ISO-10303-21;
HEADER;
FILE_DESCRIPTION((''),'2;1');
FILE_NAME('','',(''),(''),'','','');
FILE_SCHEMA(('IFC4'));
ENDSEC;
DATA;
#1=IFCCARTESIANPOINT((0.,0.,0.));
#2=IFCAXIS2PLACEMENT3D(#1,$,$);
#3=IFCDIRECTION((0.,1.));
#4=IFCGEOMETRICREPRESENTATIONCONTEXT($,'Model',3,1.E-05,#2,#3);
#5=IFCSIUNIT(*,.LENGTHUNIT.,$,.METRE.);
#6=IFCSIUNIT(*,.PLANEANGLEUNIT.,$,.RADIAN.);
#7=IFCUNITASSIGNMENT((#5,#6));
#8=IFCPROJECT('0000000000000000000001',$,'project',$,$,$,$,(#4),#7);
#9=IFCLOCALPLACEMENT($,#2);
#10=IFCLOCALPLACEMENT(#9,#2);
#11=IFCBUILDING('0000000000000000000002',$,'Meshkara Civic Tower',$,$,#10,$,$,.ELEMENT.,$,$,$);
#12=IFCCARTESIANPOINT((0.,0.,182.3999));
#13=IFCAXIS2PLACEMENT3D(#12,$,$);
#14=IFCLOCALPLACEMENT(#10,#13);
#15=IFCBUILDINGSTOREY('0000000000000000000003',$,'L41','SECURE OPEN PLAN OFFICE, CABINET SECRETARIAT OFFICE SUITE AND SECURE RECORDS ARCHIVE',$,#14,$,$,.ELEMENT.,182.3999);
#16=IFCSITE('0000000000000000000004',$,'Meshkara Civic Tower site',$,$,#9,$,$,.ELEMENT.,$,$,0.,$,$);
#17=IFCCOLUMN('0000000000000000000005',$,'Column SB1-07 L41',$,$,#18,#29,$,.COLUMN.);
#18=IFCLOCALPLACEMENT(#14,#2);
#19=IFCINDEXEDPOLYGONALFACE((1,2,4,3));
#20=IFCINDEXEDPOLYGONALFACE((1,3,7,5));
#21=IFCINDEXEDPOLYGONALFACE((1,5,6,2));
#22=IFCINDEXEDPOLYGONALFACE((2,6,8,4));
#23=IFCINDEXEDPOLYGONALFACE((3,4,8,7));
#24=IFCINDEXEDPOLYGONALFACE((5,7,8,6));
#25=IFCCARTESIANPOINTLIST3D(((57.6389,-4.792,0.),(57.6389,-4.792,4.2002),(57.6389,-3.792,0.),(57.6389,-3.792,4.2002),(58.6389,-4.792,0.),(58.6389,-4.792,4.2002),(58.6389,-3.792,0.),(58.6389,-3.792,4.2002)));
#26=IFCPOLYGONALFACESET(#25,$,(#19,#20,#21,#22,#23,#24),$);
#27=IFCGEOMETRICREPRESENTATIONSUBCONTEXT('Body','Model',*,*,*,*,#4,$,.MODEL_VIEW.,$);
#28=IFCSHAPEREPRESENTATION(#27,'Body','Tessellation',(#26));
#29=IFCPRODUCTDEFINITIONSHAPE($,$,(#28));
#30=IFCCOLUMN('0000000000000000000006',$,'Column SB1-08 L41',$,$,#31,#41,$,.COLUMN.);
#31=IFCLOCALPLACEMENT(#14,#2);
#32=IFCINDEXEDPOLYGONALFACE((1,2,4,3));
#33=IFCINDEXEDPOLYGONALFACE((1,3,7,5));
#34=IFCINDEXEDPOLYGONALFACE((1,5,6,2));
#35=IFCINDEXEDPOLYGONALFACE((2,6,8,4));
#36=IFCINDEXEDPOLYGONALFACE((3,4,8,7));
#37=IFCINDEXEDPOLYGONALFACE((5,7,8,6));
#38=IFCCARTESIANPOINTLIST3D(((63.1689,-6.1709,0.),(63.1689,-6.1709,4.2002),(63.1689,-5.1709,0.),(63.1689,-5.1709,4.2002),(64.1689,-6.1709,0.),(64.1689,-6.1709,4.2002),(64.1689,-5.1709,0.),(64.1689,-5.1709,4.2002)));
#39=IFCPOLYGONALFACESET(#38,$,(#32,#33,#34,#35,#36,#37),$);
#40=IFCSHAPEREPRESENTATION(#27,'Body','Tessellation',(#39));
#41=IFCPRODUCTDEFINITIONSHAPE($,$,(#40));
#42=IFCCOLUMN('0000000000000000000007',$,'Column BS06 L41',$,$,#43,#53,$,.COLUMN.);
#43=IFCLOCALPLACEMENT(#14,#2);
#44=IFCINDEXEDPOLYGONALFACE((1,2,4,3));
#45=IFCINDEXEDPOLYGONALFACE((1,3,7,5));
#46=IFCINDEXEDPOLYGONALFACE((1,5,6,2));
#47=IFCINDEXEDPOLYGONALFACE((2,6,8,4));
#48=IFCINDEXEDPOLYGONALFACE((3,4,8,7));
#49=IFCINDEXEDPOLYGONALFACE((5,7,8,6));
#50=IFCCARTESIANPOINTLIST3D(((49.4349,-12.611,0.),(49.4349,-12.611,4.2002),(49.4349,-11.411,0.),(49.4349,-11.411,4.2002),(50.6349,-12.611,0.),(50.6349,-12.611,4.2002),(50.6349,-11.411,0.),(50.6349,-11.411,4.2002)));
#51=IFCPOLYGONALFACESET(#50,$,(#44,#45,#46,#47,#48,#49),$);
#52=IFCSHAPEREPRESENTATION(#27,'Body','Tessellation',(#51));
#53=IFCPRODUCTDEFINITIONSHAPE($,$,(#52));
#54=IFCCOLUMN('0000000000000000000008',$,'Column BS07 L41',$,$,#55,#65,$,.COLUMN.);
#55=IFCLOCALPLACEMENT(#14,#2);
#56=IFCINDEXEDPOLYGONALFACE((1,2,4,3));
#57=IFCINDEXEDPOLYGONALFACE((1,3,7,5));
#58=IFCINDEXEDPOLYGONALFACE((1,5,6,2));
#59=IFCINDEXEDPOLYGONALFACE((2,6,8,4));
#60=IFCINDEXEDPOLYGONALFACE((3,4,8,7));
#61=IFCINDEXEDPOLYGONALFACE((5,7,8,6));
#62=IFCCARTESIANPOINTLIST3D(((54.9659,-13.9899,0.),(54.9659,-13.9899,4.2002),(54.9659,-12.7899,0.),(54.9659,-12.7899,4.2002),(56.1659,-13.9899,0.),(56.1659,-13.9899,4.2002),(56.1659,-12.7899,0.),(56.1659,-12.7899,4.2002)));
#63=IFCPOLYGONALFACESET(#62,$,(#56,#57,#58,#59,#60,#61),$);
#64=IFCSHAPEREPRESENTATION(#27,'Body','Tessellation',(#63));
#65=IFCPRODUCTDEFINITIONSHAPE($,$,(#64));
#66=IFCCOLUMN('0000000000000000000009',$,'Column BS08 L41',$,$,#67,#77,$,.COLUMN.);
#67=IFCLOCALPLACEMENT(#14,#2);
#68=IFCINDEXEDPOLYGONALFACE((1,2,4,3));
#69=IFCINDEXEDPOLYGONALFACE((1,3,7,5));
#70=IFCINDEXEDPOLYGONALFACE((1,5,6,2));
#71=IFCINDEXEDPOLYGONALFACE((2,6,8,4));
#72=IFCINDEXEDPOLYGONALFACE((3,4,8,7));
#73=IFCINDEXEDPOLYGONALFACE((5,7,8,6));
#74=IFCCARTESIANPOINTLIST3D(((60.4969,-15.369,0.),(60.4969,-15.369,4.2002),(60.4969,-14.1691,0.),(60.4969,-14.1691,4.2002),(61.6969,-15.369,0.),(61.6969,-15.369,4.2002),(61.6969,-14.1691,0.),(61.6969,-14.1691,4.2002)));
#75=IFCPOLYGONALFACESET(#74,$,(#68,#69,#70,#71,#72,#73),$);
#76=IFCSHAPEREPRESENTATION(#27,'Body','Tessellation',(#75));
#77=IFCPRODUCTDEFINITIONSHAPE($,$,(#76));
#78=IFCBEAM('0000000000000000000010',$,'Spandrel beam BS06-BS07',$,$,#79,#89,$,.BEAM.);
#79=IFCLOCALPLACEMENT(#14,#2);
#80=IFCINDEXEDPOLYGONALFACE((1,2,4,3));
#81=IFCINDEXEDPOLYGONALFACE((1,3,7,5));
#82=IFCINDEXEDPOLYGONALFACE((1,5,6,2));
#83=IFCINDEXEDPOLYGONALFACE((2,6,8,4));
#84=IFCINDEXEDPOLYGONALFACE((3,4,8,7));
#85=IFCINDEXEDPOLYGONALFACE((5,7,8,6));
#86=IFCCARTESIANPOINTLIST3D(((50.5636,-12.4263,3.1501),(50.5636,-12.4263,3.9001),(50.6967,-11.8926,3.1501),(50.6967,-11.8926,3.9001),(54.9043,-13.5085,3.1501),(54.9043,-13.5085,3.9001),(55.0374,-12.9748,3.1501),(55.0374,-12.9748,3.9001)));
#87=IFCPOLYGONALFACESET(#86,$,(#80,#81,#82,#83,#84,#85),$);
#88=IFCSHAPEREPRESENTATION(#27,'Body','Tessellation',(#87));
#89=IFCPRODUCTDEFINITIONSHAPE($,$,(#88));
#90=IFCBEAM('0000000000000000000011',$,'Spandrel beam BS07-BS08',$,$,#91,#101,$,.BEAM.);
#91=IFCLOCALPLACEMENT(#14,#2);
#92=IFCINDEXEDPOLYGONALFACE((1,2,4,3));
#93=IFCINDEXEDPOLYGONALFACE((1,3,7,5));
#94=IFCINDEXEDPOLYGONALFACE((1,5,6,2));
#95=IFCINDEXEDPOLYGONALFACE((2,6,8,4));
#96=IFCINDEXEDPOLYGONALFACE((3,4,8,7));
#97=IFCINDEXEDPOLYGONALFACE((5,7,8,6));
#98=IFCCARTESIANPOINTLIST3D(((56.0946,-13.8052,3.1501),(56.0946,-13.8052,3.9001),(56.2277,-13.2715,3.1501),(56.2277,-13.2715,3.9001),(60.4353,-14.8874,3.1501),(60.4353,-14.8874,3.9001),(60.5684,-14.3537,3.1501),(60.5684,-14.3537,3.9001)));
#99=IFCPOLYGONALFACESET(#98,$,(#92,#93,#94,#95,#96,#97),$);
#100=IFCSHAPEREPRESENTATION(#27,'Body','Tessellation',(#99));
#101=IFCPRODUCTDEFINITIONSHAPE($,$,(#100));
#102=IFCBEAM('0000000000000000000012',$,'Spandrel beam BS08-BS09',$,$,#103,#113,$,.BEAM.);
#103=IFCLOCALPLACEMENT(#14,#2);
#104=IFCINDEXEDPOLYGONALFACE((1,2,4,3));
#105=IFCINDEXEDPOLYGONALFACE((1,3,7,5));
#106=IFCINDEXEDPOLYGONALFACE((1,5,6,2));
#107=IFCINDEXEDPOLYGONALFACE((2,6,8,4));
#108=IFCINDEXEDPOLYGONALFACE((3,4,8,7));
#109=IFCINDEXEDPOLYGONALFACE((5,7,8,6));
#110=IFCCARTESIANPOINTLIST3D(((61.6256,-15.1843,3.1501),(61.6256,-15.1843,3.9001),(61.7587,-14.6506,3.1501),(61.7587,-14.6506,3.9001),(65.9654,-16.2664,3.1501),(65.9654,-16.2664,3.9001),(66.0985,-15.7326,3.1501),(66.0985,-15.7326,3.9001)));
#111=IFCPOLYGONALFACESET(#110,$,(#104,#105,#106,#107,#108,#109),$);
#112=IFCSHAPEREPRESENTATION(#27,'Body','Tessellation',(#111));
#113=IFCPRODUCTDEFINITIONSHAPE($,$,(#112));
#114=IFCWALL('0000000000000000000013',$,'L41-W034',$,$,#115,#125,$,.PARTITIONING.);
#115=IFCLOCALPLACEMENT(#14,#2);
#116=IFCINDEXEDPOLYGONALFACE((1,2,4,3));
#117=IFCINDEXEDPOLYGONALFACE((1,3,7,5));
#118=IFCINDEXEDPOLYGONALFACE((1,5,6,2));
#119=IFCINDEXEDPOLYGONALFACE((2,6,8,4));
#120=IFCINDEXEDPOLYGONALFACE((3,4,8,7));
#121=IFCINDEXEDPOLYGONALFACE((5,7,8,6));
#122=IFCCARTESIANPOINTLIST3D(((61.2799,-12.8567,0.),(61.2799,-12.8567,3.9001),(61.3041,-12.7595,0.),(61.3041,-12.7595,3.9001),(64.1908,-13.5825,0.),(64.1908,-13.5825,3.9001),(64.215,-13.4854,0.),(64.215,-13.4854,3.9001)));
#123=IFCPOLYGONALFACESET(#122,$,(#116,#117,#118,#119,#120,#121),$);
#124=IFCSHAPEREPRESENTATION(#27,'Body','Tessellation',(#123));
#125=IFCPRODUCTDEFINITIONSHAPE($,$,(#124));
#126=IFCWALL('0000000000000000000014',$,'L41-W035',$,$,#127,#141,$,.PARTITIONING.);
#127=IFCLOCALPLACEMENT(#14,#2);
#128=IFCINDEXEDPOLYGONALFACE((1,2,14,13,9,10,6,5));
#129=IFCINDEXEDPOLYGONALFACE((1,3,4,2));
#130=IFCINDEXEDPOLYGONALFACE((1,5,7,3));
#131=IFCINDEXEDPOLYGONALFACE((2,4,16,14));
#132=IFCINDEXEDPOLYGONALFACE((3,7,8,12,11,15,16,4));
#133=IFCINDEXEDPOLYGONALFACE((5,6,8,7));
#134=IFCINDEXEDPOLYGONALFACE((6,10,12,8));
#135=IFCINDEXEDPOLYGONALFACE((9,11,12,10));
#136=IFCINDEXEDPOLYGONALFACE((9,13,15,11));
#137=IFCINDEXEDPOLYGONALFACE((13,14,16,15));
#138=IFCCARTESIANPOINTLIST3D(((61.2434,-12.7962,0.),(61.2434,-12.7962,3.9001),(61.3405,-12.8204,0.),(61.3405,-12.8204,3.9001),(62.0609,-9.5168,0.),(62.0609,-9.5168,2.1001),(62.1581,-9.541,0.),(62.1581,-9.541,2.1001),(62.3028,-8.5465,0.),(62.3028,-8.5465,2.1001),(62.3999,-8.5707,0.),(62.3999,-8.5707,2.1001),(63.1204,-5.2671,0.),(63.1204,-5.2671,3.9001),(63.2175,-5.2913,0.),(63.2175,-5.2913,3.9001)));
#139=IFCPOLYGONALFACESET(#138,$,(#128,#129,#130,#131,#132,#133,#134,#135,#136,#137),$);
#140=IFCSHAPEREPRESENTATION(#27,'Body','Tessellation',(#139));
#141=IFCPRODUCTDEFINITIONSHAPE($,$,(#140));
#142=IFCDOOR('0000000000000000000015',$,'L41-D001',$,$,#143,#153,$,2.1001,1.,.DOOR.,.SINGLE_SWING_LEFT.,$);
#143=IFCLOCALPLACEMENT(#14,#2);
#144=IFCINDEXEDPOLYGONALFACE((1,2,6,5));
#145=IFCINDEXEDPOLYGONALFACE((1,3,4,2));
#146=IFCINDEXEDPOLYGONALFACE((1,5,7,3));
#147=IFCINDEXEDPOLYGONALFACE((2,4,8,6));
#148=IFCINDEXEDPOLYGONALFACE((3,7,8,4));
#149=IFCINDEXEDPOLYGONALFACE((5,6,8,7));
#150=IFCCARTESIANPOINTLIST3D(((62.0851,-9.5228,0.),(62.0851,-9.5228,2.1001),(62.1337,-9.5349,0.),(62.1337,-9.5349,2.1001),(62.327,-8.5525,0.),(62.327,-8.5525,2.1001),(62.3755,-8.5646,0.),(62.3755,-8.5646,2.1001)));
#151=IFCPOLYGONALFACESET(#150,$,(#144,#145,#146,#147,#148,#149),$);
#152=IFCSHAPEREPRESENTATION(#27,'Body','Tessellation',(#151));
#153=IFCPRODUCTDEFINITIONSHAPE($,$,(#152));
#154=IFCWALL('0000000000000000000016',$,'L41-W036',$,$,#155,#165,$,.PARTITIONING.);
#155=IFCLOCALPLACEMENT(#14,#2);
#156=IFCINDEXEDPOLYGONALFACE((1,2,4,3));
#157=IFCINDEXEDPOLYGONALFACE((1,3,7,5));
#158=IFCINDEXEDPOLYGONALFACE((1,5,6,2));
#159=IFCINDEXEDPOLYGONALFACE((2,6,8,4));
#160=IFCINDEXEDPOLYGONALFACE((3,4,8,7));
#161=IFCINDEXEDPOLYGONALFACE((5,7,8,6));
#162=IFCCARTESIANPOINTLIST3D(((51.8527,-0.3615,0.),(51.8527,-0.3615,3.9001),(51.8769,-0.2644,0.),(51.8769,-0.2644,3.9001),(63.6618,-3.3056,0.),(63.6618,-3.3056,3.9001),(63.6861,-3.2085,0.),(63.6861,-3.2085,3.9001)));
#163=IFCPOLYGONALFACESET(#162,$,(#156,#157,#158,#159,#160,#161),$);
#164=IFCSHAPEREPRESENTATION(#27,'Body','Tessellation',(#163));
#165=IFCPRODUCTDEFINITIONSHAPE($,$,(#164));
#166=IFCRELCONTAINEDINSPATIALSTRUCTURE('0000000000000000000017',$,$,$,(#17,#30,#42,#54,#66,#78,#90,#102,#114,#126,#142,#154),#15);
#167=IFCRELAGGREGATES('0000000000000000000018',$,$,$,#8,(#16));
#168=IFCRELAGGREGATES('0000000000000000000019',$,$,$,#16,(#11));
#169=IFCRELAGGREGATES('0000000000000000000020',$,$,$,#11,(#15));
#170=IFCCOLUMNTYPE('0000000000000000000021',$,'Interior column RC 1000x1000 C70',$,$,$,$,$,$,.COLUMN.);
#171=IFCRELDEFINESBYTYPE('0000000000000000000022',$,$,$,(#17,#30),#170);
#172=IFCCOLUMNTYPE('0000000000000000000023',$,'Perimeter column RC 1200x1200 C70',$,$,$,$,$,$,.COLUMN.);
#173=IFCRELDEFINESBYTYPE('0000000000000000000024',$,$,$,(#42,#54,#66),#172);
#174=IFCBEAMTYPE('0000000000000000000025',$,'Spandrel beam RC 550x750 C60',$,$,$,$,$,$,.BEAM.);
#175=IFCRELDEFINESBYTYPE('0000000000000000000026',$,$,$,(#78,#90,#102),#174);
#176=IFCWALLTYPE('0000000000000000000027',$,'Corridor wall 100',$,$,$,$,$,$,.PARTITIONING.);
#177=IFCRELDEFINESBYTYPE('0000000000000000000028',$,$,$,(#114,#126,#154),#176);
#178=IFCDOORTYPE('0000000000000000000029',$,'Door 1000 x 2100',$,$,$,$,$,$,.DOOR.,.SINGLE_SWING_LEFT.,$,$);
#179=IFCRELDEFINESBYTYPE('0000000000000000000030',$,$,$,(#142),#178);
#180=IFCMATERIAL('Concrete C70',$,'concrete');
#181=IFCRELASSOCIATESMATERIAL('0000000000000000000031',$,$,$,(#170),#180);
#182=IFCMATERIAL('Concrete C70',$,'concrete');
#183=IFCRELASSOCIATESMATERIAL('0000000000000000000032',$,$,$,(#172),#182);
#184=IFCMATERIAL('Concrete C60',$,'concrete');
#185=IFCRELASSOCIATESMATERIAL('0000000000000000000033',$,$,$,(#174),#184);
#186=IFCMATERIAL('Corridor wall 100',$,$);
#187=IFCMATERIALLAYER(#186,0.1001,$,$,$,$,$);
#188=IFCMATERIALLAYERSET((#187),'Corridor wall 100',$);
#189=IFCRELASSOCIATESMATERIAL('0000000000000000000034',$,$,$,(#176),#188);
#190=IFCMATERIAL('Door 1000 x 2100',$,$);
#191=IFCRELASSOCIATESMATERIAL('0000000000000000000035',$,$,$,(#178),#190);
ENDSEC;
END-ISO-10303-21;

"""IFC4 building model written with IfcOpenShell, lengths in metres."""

from ifc_helpers import new_model, si_unit, direction, frame, frame_2d, origin, origin_2d, place, context, subcontext, project, spatial, rectangle, extrude, material, layer, layer_set, material_profile, profile_set, type_object, element, fill, save


model = new_model("IFC4")

# Units and contexts
model_context = context("Model", 3, precision=1e-05, world=origin(), true_north=direction((0.0, 1.0)))
body_context = subcontext(model_context, "Body", "Model", "MODEL_VIEW")
ifc_project = project(units=[si_unit("LENGTHUNIT", "METRE"), si_unit("PLANEANGLEUNIT", "RADIAN")], contexts=[model_context])

# Site, building, storey
site_placement = place(None, origin())
site = spatial("IfcSite", under=ifc_project, at=site_placement, Name="Meshkara Civic Tower site", CompositionType="ELEMENT", RefElevation=0.0)
building_placement = place(site_placement, origin())
building = spatial("IfcBuilding", under=site, at=building_placement, Name="Meshkara Civic Tower", CompositionType="ELEMENT")
storey_placement = place(building_placement, frame((0.0, 0.0, 182.3999)))
storey = spatial("IfcBuildingStorey", under=building, at=storey_placement, Name="L41", Description="SECURE OPEN PLAN OFFICE, CABINET SECRETARIAT OFFICE SUITE AND SECURE RECORDS ARCHIVE", CompositionType="ELEMENT", Elevation=182.3999)

# Columns
ifc_material_1 = material(Name="Concrete C70", Category="concrete")
ifc_material_profile_1 = material_profile(ifc_material_1, rectangle(XDim=1.0, YDim=1.0, at=origin_2d()))
ifc_profile_set_1 = profile_set([ifc_material_profile_1], Name="Concrete C70")
column_type_1 = type_object("IfcColumnType", Name="Interior column RC 1000x1000 C70", PredefinedType="COLUMN", material=ifc_profile_set_1)
for number, where, z_axis, x_axis, name in (
    (1, (58.1389, -4.292, 0.0), (0.0, 0.0, 1.0), (1.0, 0.0, 0.0), "Column SB1-07 L41"),
    (2, (63.6689, -5.6709, 0.0), (0.0, 0.0, 1.0), (1.0, 0.0, 0.0), "Column SB1-08 L41"),
):
    element("IfcColumn", number, at=place(storey_placement, frame(where, z_axis=z_axis, x_axis=x_axis)), inside=storey, type_object=column_type_1, Name=name, PredefinedType="COLUMN", context=body_context, shape_type="SweptSolid", body=[
        extrude(rectangle(XDim=1.0, YDim=1.0, at=origin_2d()), origin(), (0.0, 0.0, 1.0), 4.2002),
    ])
ifc_material_2 = material(Name="Concrete C70", Category="concrete")
ifc_material_profile_2 = material_profile(ifc_material_2, rectangle(XDim=1.2, YDim=1.2, at=origin_2d()))
ifc_profile_set_2 = profile_set([ifc_material_profile_2], Name="Concrete C70")
column_type_2 = type_object("IfcColumnType", Name="Perimeter column RC 1200x1200 C70", PredefinedType="COLUMN", material=ifc_profile_set_2)
for number, where, z_axis, x_axis, name in (
    (3, (50.0349, -12.011, 0.0), (0.0, 0.0, 1.0), (1.0, 0.0, 0.0), "Column BS06 L41"),
    (4, (55.5659, -13.3899, 0.0), (0.0, 0.0, 1.0), (1.0, 0.0, 0.0), "Column BS07 L41"),
    (5, (61.0969, -14.769, 0.0), (0.0, 0.0, 1.0), (1.0, 0.0, 0.0), "Column BS08 L41"),
):
    element("IfcColumn", number, at=place(storey_placement, frame(where, z_axis=z_axis, x_axis=x_axis)), inside=storey, type_object=column_type_2, Name=name, PredefinedType="COLUMN", context=body_context, shape_type="SweptSolid", body=[
        extrude(rectangle(XDim=1.2, YDim=1.2, at=origin_2d()), origin(), (0.0, 0.0, 1.0), 4.2002),
    ])

# Beams
ifc_material_3 = material(Name="Concrete C60", Category="concrete")
ifc_material_profile_3 = material_profile(ifc_material_3, rectangle(XDim=0.55, YDim=0.75, at=origin_2d()))
ifc_profile_set_3 = profile_set([ifc_material_profile_3], Name="Concrete C60")
beam_type = type_object("IfcBeamType", Name="Spandrel beam RC 550x750 C60", PredefinedType="BEAM", material=ifc_profile_set_3)
for number, where, z_axis, x_axis, name in (
    (6, (50.6301, -12.1594, 3.5251), (0.970296, -0.241919, 0.0), (0.241919, 0.970296, 0.0), "Spandrel beam BS06-BS07"),
    (7, (56.1611, -13.5383, 3.5251), (0.970296, -0.241919, 0.0), (0.241919, 0.970296, 0.0), "Spandrel beam BS07-BS08"),
):
    element("IfcBeam", number, at=place(storey_placement, frame(where, z_axis=z_axis, x_axis=x_axis)), inside=storey, type_object=beam_type, Name=name, PredefinedType="BEAM", context=body_context, shape_type="SweptSolid", body=[
        extrude(rectangle(XDim=0.55, YDim=0.75, at=origin_2d()), origin(), (0.0, 0.0, 1.0), 4.4736),
    ])
beam_placement = place(storey_placement, frame((61.6921, -14.9175, 3.5251), z_axis=(0.970296, -0.241919, 0.0), x_axis=(0.241919, 0.970296, 0.0)))
element("IfcBeam", 8, at=beam_placement, inside=storey, type_object=beam_type, Name="Spandrel beam BS08-BS09", PredefinedType="BEAM", context=body_context, shape_type="SweptSolid", body=[
    extrude(rectangle(XDim=0.55, YDim=0.75, at=origin_2d()), origin(), (0.0, 0.0, 1.0), 4.4727),
])

# Wall
ifc_material_4 = material(Name="Corridor wall 100")
ifc_layer_1 = layer(ifc_material_4, 0.1001)
ifc_layer_set_1 = layer_set([ifc_layer_1], Name="Corridor wall 100")
wall_type_1 = type_object("IfcWallType", Name="Corridor wall 100", PredefinedType="PARTITIONING", material=ifc_layer_set_1)
wall_1_placement = place(storey_placement, frame((61.292, -12.8081, 0.0), z_axis=(0.0, 0.0, 1.0), x_axis=(0.970291, -0.241942, 0.0)))
element("IfcWall", 9, at=wall_1_placement, inside=storey, type_object=wall_type_1, Name="L41-W034", PredefinedType="PARTITIONING", context=body_context, shape_type="SweptSolid", body=[
    extrude(rectangle(XDim=3.0, YDim=0.1001, at=frame_2d((1.5, 0.0))), origin(), (0.0, 0.0, 1.0), 3.9001),
])

# Wall, opening, door
wall_2_placement = place(storey_placement, frame((63.1689, -5.2791, 0.0), z_axis=(0.0, 0.0, 1.0), x_axis=(-0.241891, -0.970303, 0.0)))
wall_2 = element("IfcWall", 10, at=wall_2_placement, inside=storey, type_object=wall_type_1, Name="L41-W035", PredefinedType="PARTITIONING", context=body_context, shape_type="SweptSolid", body=[
    extrude(rectangle(XDim=7.7595, YDim=0.1001, at=frame_2d((3.8799, 0.0))), origin(), (0.0, 0.0, 1.0), 3.9001),
])
opening_1_placement = place(wall_2_placement, frame((3.3799, 0.0, 0.0)))
opening_1 = element("IfcOpeningElement", 11, at=opening_1_placement, cuts=wall_2, PredefinedType="OPENING", context=body_context, shape_type="SweptSolid", body=[
    extrude(rectangle(XDim=1.0, YDim=2.1001, at=frame_2d((0.5, 1.05))), frame((0.0, 0.0601, 0.0), z_axis=(0.0, -1.0, 0.0), x_axis=(1.0, 0.0, 0.0)), (0.0, 0.0, 1.0), 0.1201),
])
ifc_material_5 = material(Name="Door 1000 x 2100")
door_type_1 = type_object("IfcDoorType", Name="Door 1000 x 2100", OperationType="SINGLE_SWING_LEFT", PredefinedType="DOOR", material=ifc_material_5)
door_1_placement = place(opening_1_placement, origin())
door_1 = element("IfcDoor", 12, at=door_1_placement, inside=storey, type_object=door_type_1, Name="L41-D001", OperationType="SINGLE_SWING_LEFT", OverallHeight=2.1001, OverallWidth=1.0, PredefinedType="DOOR", context=body_context, shape_type="SweptSolid", body=[
    extrude(rectangle(XDim=1.0, YDim=2.1001, at=frame_2d((0.5, 1.05))), frame((0.0, 0.0249, 0.0), z_axis=(0.0, -1.0, 0.0), x_axis=(1.0, 0.0, 0.0)), (0.0, 0.0, 1.0), 0.05),
])
fill(opening_1, door_1)

# Wall
wall_3_placement = place(storey_placement, frame((63.6741, -3.2571, 0.0), z_axis=(0.0, 0.0, 1.0), x_axis=(-0.9703, 0.241903, 0.0)))
element("IfcWall", 13, at=wall_3_placement, inside=storey, type_object=wall_type_1, Name="L41-W036", PredefinedType="PARTITIONING", context=body_context, shape_type="SweptSolid", body=[
    extrude(rectangle(XDim=12.1707, YDim=0.1001, at=frame_2d((6.0854, 0.0))), origin(), (0.0, 0.0, 1.0), 3.9001),
])

save(model, "model.ifc")
